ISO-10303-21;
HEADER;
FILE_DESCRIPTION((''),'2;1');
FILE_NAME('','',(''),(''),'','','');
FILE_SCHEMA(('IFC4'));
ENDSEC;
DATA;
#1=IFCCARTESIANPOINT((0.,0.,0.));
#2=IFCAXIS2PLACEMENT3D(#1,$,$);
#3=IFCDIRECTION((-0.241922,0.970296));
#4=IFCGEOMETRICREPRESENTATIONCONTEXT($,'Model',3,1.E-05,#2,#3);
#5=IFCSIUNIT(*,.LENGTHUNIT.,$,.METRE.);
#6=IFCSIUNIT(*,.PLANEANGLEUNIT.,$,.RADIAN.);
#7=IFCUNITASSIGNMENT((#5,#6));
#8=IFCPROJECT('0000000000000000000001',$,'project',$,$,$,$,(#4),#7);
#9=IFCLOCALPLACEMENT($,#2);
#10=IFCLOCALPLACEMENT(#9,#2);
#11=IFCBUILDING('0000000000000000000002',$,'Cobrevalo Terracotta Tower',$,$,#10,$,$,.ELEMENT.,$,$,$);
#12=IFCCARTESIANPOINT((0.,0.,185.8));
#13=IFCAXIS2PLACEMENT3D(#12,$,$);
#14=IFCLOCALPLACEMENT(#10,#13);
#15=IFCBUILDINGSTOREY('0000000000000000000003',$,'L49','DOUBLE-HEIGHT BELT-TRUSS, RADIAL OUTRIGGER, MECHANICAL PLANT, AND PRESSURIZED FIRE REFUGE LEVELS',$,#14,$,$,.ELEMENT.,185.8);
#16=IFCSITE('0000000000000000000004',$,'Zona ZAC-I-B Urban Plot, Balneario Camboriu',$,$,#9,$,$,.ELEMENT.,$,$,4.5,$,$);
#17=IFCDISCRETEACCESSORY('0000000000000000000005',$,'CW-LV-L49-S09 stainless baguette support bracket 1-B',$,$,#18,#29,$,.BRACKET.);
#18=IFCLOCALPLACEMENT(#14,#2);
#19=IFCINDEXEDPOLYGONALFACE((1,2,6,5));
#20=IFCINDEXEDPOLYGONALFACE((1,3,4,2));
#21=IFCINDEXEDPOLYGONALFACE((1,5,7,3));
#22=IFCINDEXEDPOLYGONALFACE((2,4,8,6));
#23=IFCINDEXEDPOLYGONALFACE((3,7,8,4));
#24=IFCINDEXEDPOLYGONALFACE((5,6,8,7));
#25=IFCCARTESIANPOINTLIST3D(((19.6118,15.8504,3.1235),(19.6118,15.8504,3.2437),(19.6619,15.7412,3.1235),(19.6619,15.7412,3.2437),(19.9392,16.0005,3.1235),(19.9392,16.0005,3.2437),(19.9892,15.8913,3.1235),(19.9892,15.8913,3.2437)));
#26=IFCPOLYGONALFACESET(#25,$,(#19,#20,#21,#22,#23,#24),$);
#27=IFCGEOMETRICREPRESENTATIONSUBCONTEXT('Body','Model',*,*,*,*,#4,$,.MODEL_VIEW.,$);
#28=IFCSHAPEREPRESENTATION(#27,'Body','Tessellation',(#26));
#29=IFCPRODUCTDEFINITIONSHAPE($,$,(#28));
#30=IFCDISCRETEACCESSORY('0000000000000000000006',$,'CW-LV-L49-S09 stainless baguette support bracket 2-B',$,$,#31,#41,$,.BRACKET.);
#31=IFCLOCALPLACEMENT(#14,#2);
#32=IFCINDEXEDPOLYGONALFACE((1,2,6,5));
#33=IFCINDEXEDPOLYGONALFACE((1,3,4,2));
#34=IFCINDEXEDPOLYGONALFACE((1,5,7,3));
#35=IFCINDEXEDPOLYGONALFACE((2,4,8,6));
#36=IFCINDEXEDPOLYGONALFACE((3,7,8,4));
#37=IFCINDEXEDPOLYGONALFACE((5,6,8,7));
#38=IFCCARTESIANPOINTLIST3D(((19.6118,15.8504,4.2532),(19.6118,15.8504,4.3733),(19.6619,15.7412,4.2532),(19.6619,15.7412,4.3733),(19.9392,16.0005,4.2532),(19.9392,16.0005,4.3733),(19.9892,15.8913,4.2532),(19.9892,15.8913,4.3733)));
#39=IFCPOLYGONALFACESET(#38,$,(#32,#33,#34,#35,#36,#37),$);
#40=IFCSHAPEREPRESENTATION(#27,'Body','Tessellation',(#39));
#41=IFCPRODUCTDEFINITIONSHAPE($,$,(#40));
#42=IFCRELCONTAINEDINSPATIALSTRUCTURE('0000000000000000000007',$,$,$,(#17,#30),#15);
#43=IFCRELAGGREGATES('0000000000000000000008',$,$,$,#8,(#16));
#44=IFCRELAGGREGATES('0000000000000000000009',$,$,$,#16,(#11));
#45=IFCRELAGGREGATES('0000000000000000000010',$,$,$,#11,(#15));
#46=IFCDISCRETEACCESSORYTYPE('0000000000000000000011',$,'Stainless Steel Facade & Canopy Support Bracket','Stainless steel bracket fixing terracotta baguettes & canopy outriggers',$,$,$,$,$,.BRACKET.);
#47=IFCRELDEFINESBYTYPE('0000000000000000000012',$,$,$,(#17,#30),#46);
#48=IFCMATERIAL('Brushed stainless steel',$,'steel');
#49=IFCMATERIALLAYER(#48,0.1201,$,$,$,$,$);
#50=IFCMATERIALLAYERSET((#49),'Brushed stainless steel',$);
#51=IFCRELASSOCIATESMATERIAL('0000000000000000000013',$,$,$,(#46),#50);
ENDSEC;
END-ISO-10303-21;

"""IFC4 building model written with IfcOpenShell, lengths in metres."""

from ifc_helpers import new_model, si_unit, direction, frame, origin, origin_2d, place, context, subcontext, project, spatial, rectangle, extrude, source, transform, mapped, material, layer, layer_set, type_object, element, save


model = new_model("IFC4")

# Units and contexts
model_context = context("Model", 3, precision=1e-05, world=origin(), true_north=direction((-0.241922, 0.970296)))
body_context = subcontext(model_context, "Body", "Model", "MODEL_VIEW")
ifc_project = project(units=[si_unit("LENGTHUNIT", "METRE"), si_unit("PLANEANGLEUNIT", "RADIAN")], contexts=[model_context])

# Site, building, storey
site_placement = place(None, origin())
site = spatial("IfcSite", under=ifc_project, at=site_placement, Name="Zona ZAC-I-B Urban Plot, Balneario Camboriu", CompositionType="ELEMENT", RefElevation=4.5)
building_placement = place(site_placement, origin())
building = spatial("IfcBuilding", under=site, at=building_placement, Name="Cobrevalo Terracotta Tower", CompositionType="ELEMENT")
storey_placement = place(building_placement, frame((0.0, 0.0, 185.8)))
storey = spatial("IfcBuildingStorey", under=building, at=storey_placement, Name="L49", Description="DOUBLE-HEIGHT BELT-TRUSS, RADIAL OUTRIGGER, MECHANICAL PLANT, AND PRESSURIZED FIRE REFUGE LEVELS", CompositionType="ELEMENT", Elevation=185.8)

# Discrete accessories
ifc_material_1 = material(Name="Brushed stainless steel", Category="steel")
ifc_layer_1 = layer(ifc_material_1, 0.1201)
ifc_layer_set_1 = layer_set([ifc_layer_1], Name="Brushed stainless steel")
discrete_accessory_type = type_object("IfcDiscreteAccessoryType", Name="Stainless Steel Facade & Canopy Support Bracket", Description="Stainless steel bracket fixing terracotta baguettes & canopy outriggers", PredefinedType="BRACKET", material=ifc_layer_set_1)
shared_shape_1 = source(origin(), body_context, "Body", "SweptSolid", [
    extrude(rectangle(XDim=0.1201, YDim=0.3601, at=origin_2d()), origin(), (0.0, 0.0, 1.0), 0.1201),
])
for number, where, z_axis, x_axis, name in (
    (1, (19.8005, 15.8708, 3.1235), (0.0, 0.0, 1.0), (0.416731, -0.90903, 0.0), "CW-LV-L49-S09 stainless baguette support bracket 1-B"),
    (2, (19.8005, 15.8708, 4.2532), (0.0, 0.0, 1.0), (0.416731, -0.90903, 0.0), "CW-LV-L49-S09 stainless baguette support bracket 2-B"),
):
    element("IfcDiscreteAccessory", number, at=place(storey_placement, frame(where, z_axis=z_axis, x_axis=x_axis)), inside=storey, type_object=discrete_accessory_type, Name=name, PredefinedType="BRACKET", context=body_context, shape_type="MappedRepresentation", body=[
        mapped(shared_shape_1, transform((0.0, 0.0, 0.0), scale=1.0)),
    ])

save(model, "model.ifc")
